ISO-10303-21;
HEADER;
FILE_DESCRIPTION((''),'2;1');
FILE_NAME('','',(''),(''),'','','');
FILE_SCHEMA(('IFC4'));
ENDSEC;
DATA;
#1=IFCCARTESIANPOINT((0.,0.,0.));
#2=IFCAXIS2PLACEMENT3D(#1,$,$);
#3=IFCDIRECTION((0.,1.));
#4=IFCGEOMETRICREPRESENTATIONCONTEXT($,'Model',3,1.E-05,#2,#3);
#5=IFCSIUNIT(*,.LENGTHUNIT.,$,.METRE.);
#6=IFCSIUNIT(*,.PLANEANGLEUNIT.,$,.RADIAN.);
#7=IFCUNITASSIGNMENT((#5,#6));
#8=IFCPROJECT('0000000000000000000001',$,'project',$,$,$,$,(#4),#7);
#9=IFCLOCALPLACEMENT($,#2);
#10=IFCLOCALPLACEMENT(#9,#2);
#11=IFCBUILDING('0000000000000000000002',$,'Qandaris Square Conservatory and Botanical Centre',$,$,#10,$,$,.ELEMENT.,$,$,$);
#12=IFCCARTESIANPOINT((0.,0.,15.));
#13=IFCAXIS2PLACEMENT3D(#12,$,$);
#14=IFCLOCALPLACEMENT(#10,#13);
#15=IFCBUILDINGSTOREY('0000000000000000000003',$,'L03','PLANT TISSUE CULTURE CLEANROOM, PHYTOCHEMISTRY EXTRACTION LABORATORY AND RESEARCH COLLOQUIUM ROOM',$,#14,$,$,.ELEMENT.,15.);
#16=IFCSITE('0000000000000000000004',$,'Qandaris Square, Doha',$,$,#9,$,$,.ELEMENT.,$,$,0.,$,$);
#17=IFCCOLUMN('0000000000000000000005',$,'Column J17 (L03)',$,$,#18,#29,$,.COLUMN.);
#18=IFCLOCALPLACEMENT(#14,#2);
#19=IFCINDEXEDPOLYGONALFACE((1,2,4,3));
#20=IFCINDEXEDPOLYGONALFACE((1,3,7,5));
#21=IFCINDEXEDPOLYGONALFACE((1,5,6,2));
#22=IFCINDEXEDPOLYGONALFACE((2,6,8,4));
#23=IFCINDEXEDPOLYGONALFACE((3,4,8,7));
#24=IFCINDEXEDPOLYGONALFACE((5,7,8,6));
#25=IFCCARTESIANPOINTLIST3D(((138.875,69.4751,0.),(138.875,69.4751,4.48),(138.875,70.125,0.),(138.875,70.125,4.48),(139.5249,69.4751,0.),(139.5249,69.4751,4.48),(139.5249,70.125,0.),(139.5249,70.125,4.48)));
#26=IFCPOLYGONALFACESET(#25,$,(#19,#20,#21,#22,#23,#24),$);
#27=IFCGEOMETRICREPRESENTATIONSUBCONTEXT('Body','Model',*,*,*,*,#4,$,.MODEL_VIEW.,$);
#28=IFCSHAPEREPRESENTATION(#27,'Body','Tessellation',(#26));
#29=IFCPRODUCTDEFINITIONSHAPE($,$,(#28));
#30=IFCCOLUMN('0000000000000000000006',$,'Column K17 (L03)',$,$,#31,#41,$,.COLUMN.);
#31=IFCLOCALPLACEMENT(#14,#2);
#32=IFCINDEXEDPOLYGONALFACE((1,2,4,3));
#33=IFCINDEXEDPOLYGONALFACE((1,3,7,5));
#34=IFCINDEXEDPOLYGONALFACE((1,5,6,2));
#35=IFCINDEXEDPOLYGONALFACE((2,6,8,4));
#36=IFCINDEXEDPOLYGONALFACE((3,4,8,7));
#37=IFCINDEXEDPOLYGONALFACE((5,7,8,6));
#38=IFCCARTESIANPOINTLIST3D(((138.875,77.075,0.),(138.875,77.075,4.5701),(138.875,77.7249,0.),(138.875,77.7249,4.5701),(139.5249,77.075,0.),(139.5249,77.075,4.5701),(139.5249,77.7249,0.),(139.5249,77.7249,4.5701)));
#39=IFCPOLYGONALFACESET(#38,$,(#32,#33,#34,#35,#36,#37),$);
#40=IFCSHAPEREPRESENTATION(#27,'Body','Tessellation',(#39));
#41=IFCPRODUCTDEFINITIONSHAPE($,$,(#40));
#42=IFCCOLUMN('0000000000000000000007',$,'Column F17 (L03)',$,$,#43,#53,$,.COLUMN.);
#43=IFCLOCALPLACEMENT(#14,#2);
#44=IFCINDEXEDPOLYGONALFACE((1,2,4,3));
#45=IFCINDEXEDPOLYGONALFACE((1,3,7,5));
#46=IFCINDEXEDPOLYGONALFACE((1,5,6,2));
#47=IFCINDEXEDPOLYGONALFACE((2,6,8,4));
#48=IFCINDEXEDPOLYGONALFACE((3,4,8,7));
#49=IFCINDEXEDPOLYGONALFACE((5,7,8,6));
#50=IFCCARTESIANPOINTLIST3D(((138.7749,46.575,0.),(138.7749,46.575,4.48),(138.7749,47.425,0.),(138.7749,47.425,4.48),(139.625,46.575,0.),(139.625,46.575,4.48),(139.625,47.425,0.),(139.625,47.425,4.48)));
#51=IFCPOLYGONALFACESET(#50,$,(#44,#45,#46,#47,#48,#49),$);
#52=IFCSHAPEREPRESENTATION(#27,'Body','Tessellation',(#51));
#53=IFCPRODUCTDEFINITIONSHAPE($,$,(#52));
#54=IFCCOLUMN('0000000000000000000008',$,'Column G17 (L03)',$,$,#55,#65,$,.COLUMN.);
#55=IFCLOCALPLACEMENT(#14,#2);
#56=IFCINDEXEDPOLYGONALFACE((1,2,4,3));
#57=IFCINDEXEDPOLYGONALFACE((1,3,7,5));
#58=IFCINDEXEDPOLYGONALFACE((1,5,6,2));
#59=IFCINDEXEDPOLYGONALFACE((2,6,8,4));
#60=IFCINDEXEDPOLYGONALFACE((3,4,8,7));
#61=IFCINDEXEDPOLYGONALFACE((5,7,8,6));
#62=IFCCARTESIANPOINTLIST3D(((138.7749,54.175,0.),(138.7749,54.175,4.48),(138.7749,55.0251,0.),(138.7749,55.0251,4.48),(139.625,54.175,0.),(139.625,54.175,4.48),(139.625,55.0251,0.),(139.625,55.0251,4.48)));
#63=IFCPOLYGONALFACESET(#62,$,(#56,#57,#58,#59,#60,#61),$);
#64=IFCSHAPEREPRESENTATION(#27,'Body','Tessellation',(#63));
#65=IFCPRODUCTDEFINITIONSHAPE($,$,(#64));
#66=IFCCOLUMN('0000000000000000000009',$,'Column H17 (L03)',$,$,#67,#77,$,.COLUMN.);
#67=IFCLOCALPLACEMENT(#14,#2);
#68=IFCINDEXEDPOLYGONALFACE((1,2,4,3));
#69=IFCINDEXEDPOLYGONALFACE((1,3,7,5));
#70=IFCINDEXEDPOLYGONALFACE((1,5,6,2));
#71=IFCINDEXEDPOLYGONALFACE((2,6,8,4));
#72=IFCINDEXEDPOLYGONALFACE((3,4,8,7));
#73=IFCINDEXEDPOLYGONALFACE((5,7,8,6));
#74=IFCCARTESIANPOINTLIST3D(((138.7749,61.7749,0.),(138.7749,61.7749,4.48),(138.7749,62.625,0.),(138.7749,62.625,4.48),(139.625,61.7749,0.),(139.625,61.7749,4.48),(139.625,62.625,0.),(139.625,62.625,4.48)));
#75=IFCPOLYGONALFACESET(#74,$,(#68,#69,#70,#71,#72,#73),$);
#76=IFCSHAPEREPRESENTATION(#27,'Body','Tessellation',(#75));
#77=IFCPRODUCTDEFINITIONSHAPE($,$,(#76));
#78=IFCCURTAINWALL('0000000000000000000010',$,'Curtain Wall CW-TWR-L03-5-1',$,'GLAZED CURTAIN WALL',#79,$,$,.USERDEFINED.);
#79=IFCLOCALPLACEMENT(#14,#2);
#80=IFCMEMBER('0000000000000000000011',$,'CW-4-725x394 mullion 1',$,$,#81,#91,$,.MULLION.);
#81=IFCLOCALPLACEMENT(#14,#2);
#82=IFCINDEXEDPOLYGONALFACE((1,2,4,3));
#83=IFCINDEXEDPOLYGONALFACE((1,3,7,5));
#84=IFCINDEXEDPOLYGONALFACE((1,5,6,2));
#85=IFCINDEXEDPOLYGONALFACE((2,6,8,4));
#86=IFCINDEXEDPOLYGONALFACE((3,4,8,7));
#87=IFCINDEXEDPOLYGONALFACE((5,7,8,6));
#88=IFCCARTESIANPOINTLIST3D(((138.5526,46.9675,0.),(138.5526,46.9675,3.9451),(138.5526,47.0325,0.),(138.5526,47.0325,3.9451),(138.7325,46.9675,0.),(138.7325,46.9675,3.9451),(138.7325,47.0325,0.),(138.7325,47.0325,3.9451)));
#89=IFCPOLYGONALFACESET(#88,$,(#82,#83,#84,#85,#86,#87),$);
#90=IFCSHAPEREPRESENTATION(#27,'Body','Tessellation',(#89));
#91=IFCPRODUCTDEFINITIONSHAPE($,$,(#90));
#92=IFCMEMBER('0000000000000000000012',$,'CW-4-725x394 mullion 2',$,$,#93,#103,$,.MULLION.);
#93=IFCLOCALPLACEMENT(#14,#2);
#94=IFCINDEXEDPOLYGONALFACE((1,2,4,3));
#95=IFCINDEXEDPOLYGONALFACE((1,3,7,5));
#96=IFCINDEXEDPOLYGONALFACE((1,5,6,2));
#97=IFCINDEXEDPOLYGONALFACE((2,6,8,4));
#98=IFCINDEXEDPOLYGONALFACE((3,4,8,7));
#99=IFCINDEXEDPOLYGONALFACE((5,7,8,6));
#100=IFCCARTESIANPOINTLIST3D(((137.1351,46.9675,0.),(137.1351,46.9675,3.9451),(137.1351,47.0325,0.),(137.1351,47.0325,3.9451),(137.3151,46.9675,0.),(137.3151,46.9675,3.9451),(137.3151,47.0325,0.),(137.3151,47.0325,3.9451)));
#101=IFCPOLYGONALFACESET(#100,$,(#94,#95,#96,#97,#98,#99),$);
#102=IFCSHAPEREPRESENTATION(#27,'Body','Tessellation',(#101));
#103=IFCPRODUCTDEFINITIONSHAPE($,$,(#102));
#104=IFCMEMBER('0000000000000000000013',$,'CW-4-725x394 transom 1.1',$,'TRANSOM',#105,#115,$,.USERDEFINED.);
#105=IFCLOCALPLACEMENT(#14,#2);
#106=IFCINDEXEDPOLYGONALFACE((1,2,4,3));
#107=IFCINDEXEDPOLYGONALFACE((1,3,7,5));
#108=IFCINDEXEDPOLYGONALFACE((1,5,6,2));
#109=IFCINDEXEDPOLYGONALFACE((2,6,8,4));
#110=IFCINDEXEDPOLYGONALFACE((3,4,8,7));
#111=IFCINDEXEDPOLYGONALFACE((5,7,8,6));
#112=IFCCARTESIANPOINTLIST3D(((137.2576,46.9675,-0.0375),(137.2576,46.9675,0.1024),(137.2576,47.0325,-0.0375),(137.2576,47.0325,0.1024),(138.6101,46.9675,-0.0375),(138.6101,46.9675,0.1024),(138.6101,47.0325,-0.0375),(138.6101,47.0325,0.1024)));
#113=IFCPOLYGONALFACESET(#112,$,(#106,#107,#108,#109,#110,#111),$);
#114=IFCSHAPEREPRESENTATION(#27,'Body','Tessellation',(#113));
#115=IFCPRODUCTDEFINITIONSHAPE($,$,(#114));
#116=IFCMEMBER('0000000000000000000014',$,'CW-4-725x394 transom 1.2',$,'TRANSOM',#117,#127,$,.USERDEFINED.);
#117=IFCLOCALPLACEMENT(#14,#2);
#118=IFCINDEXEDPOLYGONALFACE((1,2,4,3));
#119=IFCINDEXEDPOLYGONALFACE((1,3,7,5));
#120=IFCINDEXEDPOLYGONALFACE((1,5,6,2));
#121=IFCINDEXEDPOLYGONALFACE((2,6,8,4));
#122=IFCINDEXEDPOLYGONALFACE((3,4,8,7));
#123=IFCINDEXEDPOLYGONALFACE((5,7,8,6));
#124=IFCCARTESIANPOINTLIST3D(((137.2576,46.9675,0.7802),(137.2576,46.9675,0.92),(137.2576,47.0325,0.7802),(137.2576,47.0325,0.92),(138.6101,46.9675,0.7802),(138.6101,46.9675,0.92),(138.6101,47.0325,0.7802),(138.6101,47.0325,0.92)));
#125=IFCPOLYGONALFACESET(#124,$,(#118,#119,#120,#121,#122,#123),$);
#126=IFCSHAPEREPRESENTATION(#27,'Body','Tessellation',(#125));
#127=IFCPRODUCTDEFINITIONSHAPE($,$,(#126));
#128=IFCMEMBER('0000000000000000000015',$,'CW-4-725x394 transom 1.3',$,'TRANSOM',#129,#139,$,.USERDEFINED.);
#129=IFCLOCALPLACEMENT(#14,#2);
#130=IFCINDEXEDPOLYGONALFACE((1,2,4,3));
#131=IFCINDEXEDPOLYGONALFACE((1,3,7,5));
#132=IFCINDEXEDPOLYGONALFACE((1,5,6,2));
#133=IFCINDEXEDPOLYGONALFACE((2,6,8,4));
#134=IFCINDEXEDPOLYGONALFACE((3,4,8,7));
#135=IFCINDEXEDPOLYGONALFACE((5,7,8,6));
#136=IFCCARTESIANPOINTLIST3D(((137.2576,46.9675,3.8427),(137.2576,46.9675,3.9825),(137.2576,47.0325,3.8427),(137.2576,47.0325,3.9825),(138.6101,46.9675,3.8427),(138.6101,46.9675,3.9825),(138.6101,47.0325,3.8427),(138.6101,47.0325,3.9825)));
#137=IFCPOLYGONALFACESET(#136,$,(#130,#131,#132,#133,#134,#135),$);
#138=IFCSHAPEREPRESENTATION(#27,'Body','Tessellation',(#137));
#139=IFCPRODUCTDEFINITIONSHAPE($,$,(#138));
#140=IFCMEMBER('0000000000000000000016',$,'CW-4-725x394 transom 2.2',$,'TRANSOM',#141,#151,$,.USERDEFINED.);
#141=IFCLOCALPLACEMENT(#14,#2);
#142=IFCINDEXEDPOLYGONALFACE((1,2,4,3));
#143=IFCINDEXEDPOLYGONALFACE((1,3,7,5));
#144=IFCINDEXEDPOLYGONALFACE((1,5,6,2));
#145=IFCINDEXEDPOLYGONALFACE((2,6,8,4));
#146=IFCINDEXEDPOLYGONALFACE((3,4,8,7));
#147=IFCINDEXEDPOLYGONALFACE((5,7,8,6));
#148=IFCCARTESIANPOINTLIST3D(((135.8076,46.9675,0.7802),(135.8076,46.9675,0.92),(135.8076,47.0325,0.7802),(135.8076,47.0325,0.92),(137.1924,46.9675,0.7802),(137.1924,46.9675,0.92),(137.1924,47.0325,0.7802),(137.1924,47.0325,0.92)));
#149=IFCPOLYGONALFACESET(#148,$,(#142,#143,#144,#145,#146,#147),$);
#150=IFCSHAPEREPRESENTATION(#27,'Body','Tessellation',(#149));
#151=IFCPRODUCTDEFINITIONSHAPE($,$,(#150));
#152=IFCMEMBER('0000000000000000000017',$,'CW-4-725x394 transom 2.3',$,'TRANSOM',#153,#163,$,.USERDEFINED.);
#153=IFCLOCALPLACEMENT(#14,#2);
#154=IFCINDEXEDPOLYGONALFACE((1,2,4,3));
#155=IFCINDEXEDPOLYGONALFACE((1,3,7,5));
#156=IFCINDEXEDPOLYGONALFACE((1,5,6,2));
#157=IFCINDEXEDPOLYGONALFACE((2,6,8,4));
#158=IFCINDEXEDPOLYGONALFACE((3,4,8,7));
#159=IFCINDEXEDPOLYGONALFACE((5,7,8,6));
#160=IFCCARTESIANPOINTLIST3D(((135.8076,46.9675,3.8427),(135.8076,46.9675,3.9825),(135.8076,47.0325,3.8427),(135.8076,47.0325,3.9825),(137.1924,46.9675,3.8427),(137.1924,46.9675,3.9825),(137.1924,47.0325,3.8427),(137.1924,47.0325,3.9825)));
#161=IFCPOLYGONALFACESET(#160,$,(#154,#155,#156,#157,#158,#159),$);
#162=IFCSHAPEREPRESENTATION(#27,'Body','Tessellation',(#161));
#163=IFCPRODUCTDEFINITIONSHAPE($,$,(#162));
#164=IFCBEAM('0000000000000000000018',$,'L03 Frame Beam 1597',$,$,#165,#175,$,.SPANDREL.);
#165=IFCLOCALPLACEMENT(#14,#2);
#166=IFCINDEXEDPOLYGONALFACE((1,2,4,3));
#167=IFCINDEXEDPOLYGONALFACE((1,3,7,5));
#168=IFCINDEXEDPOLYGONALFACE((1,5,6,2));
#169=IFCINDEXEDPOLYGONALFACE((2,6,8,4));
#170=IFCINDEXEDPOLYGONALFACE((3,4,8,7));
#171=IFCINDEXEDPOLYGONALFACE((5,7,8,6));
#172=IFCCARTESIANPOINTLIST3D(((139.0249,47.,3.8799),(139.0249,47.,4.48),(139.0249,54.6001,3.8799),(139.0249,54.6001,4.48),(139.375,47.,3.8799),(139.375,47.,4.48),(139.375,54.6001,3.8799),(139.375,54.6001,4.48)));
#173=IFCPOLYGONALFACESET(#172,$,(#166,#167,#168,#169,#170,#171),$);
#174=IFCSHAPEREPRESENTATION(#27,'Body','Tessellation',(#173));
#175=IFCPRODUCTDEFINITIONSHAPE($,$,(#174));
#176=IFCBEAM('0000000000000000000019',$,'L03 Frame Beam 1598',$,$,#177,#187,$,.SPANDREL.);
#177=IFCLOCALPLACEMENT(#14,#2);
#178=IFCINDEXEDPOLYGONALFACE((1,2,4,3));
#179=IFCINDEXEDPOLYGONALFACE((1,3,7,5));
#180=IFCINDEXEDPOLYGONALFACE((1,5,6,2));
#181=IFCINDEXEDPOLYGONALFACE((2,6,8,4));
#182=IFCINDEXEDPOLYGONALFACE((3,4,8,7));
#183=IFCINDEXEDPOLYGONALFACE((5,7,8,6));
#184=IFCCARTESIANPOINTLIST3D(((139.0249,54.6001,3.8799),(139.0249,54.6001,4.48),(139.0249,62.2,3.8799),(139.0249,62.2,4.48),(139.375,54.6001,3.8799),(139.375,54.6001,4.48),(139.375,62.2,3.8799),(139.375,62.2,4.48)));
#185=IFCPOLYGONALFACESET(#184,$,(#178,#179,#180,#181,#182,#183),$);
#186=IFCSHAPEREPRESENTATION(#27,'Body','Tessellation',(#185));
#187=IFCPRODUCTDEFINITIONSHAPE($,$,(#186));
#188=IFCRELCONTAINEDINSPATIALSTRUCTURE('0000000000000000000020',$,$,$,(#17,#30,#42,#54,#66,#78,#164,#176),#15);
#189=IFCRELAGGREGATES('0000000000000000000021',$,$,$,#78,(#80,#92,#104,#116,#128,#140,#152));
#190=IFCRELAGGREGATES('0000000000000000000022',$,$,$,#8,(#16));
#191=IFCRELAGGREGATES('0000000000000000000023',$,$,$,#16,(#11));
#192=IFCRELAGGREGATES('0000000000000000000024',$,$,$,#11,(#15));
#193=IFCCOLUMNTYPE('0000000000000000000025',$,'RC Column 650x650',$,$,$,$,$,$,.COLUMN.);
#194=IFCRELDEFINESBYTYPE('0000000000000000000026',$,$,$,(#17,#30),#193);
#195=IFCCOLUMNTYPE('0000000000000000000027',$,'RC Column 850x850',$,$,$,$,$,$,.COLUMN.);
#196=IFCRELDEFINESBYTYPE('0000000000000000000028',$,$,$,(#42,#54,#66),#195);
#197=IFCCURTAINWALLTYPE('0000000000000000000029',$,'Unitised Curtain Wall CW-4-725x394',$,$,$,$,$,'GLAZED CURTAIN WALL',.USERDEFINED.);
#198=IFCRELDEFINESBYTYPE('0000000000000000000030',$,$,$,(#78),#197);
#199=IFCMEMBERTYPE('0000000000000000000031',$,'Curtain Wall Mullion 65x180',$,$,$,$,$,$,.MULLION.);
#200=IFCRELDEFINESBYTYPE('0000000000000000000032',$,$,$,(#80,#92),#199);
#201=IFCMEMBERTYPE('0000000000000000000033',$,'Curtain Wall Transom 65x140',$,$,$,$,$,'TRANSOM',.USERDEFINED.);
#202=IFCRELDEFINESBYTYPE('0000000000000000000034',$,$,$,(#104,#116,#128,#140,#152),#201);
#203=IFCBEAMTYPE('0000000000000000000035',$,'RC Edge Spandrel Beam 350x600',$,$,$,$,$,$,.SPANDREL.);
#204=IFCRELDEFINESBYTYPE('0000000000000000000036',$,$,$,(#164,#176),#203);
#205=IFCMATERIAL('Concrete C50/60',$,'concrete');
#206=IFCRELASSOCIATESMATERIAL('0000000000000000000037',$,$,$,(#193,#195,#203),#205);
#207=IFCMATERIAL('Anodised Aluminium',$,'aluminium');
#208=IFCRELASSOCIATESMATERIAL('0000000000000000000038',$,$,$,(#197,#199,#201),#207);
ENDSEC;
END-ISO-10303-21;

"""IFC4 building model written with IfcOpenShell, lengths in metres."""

from ifc_helpers import new_model, si_unit, direction, frame, origin, origin_2d, place, context, subcontext, project, spatial, rectangle, extrude, material, material_profile, profile_set, type_object, element, aggregate, save


model = new_model("IFC4")

# Units and contexts
model_context = context("Model", 3, precision=1e-05, world=origin(), true_north=direction((0.0, 1.0)))
body_context = subcontext(model_context, "Body", "Model", "MODEL_VIEW")
ifc_project = project(units=[si_unit("LENGTHUNIT", "METRE"), si_unit("PLANEANGLEUNIT", "RADIAN")], contexts=[model_context])

# Site, building, storey
site_placement = place(None, origin())
site = spatial("IfcSite", under=ifc_project, at=site_placement, Name="Qandaris Square, Doha", CompositionType="ELEMENT", RefElevation=0.0)
building_placement = place(site_placement, origin())
building = spatial("IfcBuilding", under=site, at=building_placement, Name="Qandaris Square Conservatory and Botanical Centre", CompositionType="ELEMENT")
storey_placement = place(building_placement, frame((0.0, 0.0, 15.0)))
storey = spatial("IfcBuildingStorey", under=building, at=storey_placement, Name="L03", Description="PLANT TISSUE CULTURE CLEANROOM, PHYTOCHEMISTRY EXTRACTION LABORATORY AND RESEARCH COLLOQUIUM ROOM", CompositionType="ELEMENT", Elevation=15.0)

# Columns
ifc_material_1 = material(Name="Concrete C50/60", Category="concrete")
ifc_material_profile_1 = material_profile(ifc_material_1, rectangle(XDim=0.6499, YDim=0.6499, at=origin_2d()), Name="RC-COL 650x650")
ifc_profile_set_1 = profile_set([ifc_material_profile_1], Name="Concrete C50/60")
column_type_1 = type_object("IfcColumnType", Name="RC Column 650x650", PredefinedType="COLUMN", material=ifc_profile_set_1)
column_1_placement = place(storey_placement, frame((139.2, 69.8, 0.0), z_axis=(0.0, 0.0, 1.0), x_axis=(1.0, 0.0, 0.0)))
element("IfcColumn", 1, at=column_1_placement, inside=storey, type_object=column_type_1, Name="Column J17 (L03)", PredefinedType="COLUMN", context=body_context, shape_type="SweptSolid", body=[
    extrude(rectangle(XDim=0.6499, YDim=0.6499, at=origin_2d()), origin(), (0.0, 0.0, 1.0), 4.48),
])
column_2_placement = place(storey_placement, frame((139.2, 77.3999, 0.0), z_axis=(0.0, 0.0, 1.0), x_axis=(1.0, 0.0, 0.0)))
element("IfcColumn", 2, at=column_2_placement, inside=storey, type_object=column_type_1, Name="Column K17 (L03)", PredefinedType="COLUMN", context=body_context, shape_type="SweptSolid", body=[
    extrude(rectangle(XDim=0.6499, YDim=0.6499, at=origin_2d()), origin(), (0.0, 0.0, 1.0), 4.5701),
])
ifc_material_profile_2 = material_profile(ifc_material_1, rectangle(XDim=0.8501, YDim=0.8501, at=origin_2d()), Name="RC-COL 850x850")
ifc_profile_set_2 = profile_set([ifc_material_profile_2], Name="Concrete C50/60")
column_type_2 = type_object("IfcColumnType", Name="RC Column 850x850", PredefinedType="COLUMN", material=ifc_profile_set_2)
for number, where, z_axis, x_axis, name in (
    (3, (139.2, 47.0, 0.0), (0.0, 0.0, 1.0), (1.0, 0.0, 0.0), "Column F17 (L03)"),
    (4, (139.2, 54.6001, 0.0), (0.0, 0.0, 1.0), (1.0, 0.0, 0.0), "Column G17 (L03)"),
    (5, (139.2, 62.2, 0.0), (0.0, 0.0, 1.0), (1.0, 0.0, 0.0), "Column H17 (L03)"),
):
    element("IfcColumn", number, at=place(storey_placement, frame(where, z_axis=z_axis, x_axis=x_axis)), inside=storey, type_object=column_type_2, Name=name, PredefinedType="COLUMN", context=body_context, shape_type="SweptSolid", body=[
        extrude(rectangle(XDim=0.8501, YDim=0.8501, at=origin_2d()), origin(), (0.0, 0.0, 1.0), 4.48),
    ])

# Curtain wall, members
ifc_material_2 = material(Name="Anodised Aluminium", Category="aluminium")
curtain_wall_type = type_object("IfcCurtainWallType", Name="Unitised Curtain Wall CW-4-725x394", ElementType="GLAZED CURTAIN WALL", PredefinedType="USERDEFINED", material=ifc_material_2)
curtain_wall_placement = place(storey_placement, origin())
curtain_wall = element("IfcCurtainWall", 6, at=curtain_wall_placement, inside=storey, type_object=curtain_wall_type, Name="Curtain Wall CW-TWR-L03-5-1", ObjectType="GLAZED CURTAIN WALL", PredefinedType="USERDEFINED")
ifc_material_profile_3 = material_profile(ifc_material_2, rectangle(XDim=0.0649, YDim=0.1799, at=origin_2d()), Name="ALU-MUL 65x180")
ifc_profile_set_3 = profile_set([ifc_material_profile_3], Name="Anodised Aluminium")
member_type_1 = type_object("IfcMemberType", Name="Curtain Wall Mullion 65x180", PredefinedType="MULLION", material=ifc_profile_set_3)
member_1_placement = place(storey_placement, frame((138.6426, 47.0, 0.0), z_axis=(0.0, 0.0, 1.0), x_axis=(0.0, -1.0, 0.0)))
member_1 = element("IfcMember", 7, at=member_1_placement, type_object=member_type_1, Name="CW-4-725x394 mullion 1", PredefinedType="MULLION", context=body_context, shape_type="SweptSolid", body=[
    extrude(rectangle(XDim=0.0649, YDim=0.1799, at=origin_2d()), origin(), (0.0, 0.0, 1.0), 3.9451),
])
member_2_placement = place(storey_placement, frame((137.2251, 47.0, 0.0), z_axis=(0.0, 0.0, 1.0), x_axis=(0.0, -1.0, 0.0)))
member_2 = element("IfcMember", 8, at=member_2_placement, type_object=member_type_1, Name="CW-4-725x394 mullion 2", PredefinedType="MULLION", context=body_context, shape_type="SweptSolid", body=[
    extrude(rectangle(XDim=0.0649, YDim=0.1799, at=origin_2d()), origin(), (0.0, 0.0, 1.0), 3.9451),
])
ifc_material_profile_4 = material_profile(ifc_material_2, rectangle(XDim=0.0649, YDim=0.1399, at=origin_2d()), Name="ALU-TRN 65x140")
ifc_profile_set_4 = profile_set([ifc_material_profile_4], Name="Anodised Aluminium")
member_type_2 = type_object("IfcMemberType", Name="Curtain Wall Transom 65x140", ElementType="TRANSOM", PredefinedType="USERDEFINED", material=ifc_profile_set_4)
member_3_placement = place(storey_placement, frame((138.6101, 47.0, 0.0325), z_axis=(-1.0, 0.0, 0.0), x_axis=(0.0, -1.0, 0.0)))
member_3 = element("IfcMember", 9, at=member_3_placement, type_object=member_type_2, Name="CW-4-725x394 transom 1.1", ObjectType="TRANSOM", PredefinedType="USERDEFINED", context=body_context, shape_type="SweptSolid", body=[
    extrude(rectangle(XDim=0.0649, YDim=0.1399, at=origin_2d()), origin(), (0.0, 0.0, 1.0), 1.3525),
])
member_4_placement = place(storey_placement, frame((138.6101, 47.0, 0.8501), z_axis=(-1.0, 0.0, 0.0), x_axis=(0.0, -1.0, 0.0)))
member_4 = element("IfcMember", 10, at=member_4_placement, type_object=member_type_2, Name="CW-4-725x394 transom 1.2", ObjectType="TRANSOM", PredefinedType="USERDEFINED", context=body_context, shape_type="SweptSolid", body=[
    extrude(rectangle(XDim=0.0649, YDim=0.1399, at=origin_2d()), origin(), (0.0, 0.0, 1.0), 1.3525),
])
member_5_placement = place(storey_placement, frame((138.6101, 47.0, 3.9126), z_axis=(-1.0, 0.0, 0.0), x_axis=(0.0, -1.0, 0.0)))
member_5 = element("IfcMember", 11, at=member_5_placement, type_object=member_type_2, Name="CW-4-725x394 transom 1.3", ObjectType="TRANSOM", PredefinedType="USERDEFINED", context=body_context, shape_type="SweptSolid", body=[
    extrude(rectangle(XDim=0.0649, YDim=0.1399, at=origin_2d()), origin(), (0.0, 0.0, 1.0), 1.3525),
])
member_6_placement = place(storey_placement, frame((137.1924, 47.0, 0.8501), z_axis=(-1.0, 0.0, 0.0), x_axis=(0.0, -1.0, 0.0)))
member_6 = element("IfcMember", 12, at=member_6_placement, type_object=member_type_2, Name="CW-4-725x394 transom 2.2", ObjectType="TRANSOM", PredefinedType="USERDEFINED", context=body_context, shape_type="SweptSolid", body=[
    extrude(rectangle(XDim=0.0649, YDim=0.1399, at=origin_2d()), origin(), (0.0, 0.0, 1.0), 1.3848),
])
member_7_placement = place(storey_placement, frame((137.1924, 47.0, 3.9126), z_axis=(-1.0, 0.0, 0.0), x_axis=(0.0, -1.0, 0.0)))
member_7 = element("IfcMember", 13, at=member_7_placement, type_object=member_type_2, Name="CW-4-725x394 transom 2.3", ObjectType="TRANSOM", PredefinedType="USERDEFINED", context=body_context, shape_type="SweptSolid", body=[
    extrude(rectangle(XDim=0.0649, YDim=0.1399, at=origin_2d()), origin(), (0.0, 0.0, 1.0), 1.3848),
])

# Beams
ifc_material_profile_5 = material_profile(ifc_material_1, rectangle(XDim=0.3501, YDim=0.6001, at=origin_2d()), Name="RC-SP 350x600")
ifc_profile_set_5 = profile_set([ifc_material_profile_5], Name="Concrete C50/60")
beam_type_1 = type_object("IfcBeamType", Name="RC Edge Spandrel Beam 350x600", PredefinedType="SPANDREL", material=ifc_profile_set_5)
beam_1_placement = place(storey_placement, frame((139.2, 47.0, 4.1799), z_axis=(0.0, 1.0, 0.0), x_axis=(-1.0, 0.0, 0.0)))
element("IfcBeam", 14, at=beam_1_placement, inside=storey, type_object=beam_type_1, Name="L03 Frame Beam 1597", PredefinedType="SPANDREL", context=body_context, shape_type="SweptSolid", body=[
    extrude(rectangle(XDim=0.3501, YDim=0.6001, at=origin_2d()), origin(), (0.0, 0.0, 1.0), 7.6001),
])
beam_2_placement = place(storey_placement, frame((139.2, 54.6001, 4.1799), z_axis=(0.0, 1.0, 0.0), x_axis=(-1.0, 0.0, 0.0)))
element("IfcBeam", 15, at=beam_2_placement, inside=storey, type_object=beam_type_1, Name="L03 Frame Beam 1598", PredefinedType="SPANDREL", context=body_context, shape_type="SweptSolid", body=[
    extrude(rectangle(XDim=0.3501, YDim=0.6001, at=origin_2d()), origin(), (0.0, 0.0, 1.0), 7.5999),
])

aggregate(curtain_wall, [member_1, member_2, member_3, member_4, member_5, member_6, member_7])

save(model, "model.ifc")
